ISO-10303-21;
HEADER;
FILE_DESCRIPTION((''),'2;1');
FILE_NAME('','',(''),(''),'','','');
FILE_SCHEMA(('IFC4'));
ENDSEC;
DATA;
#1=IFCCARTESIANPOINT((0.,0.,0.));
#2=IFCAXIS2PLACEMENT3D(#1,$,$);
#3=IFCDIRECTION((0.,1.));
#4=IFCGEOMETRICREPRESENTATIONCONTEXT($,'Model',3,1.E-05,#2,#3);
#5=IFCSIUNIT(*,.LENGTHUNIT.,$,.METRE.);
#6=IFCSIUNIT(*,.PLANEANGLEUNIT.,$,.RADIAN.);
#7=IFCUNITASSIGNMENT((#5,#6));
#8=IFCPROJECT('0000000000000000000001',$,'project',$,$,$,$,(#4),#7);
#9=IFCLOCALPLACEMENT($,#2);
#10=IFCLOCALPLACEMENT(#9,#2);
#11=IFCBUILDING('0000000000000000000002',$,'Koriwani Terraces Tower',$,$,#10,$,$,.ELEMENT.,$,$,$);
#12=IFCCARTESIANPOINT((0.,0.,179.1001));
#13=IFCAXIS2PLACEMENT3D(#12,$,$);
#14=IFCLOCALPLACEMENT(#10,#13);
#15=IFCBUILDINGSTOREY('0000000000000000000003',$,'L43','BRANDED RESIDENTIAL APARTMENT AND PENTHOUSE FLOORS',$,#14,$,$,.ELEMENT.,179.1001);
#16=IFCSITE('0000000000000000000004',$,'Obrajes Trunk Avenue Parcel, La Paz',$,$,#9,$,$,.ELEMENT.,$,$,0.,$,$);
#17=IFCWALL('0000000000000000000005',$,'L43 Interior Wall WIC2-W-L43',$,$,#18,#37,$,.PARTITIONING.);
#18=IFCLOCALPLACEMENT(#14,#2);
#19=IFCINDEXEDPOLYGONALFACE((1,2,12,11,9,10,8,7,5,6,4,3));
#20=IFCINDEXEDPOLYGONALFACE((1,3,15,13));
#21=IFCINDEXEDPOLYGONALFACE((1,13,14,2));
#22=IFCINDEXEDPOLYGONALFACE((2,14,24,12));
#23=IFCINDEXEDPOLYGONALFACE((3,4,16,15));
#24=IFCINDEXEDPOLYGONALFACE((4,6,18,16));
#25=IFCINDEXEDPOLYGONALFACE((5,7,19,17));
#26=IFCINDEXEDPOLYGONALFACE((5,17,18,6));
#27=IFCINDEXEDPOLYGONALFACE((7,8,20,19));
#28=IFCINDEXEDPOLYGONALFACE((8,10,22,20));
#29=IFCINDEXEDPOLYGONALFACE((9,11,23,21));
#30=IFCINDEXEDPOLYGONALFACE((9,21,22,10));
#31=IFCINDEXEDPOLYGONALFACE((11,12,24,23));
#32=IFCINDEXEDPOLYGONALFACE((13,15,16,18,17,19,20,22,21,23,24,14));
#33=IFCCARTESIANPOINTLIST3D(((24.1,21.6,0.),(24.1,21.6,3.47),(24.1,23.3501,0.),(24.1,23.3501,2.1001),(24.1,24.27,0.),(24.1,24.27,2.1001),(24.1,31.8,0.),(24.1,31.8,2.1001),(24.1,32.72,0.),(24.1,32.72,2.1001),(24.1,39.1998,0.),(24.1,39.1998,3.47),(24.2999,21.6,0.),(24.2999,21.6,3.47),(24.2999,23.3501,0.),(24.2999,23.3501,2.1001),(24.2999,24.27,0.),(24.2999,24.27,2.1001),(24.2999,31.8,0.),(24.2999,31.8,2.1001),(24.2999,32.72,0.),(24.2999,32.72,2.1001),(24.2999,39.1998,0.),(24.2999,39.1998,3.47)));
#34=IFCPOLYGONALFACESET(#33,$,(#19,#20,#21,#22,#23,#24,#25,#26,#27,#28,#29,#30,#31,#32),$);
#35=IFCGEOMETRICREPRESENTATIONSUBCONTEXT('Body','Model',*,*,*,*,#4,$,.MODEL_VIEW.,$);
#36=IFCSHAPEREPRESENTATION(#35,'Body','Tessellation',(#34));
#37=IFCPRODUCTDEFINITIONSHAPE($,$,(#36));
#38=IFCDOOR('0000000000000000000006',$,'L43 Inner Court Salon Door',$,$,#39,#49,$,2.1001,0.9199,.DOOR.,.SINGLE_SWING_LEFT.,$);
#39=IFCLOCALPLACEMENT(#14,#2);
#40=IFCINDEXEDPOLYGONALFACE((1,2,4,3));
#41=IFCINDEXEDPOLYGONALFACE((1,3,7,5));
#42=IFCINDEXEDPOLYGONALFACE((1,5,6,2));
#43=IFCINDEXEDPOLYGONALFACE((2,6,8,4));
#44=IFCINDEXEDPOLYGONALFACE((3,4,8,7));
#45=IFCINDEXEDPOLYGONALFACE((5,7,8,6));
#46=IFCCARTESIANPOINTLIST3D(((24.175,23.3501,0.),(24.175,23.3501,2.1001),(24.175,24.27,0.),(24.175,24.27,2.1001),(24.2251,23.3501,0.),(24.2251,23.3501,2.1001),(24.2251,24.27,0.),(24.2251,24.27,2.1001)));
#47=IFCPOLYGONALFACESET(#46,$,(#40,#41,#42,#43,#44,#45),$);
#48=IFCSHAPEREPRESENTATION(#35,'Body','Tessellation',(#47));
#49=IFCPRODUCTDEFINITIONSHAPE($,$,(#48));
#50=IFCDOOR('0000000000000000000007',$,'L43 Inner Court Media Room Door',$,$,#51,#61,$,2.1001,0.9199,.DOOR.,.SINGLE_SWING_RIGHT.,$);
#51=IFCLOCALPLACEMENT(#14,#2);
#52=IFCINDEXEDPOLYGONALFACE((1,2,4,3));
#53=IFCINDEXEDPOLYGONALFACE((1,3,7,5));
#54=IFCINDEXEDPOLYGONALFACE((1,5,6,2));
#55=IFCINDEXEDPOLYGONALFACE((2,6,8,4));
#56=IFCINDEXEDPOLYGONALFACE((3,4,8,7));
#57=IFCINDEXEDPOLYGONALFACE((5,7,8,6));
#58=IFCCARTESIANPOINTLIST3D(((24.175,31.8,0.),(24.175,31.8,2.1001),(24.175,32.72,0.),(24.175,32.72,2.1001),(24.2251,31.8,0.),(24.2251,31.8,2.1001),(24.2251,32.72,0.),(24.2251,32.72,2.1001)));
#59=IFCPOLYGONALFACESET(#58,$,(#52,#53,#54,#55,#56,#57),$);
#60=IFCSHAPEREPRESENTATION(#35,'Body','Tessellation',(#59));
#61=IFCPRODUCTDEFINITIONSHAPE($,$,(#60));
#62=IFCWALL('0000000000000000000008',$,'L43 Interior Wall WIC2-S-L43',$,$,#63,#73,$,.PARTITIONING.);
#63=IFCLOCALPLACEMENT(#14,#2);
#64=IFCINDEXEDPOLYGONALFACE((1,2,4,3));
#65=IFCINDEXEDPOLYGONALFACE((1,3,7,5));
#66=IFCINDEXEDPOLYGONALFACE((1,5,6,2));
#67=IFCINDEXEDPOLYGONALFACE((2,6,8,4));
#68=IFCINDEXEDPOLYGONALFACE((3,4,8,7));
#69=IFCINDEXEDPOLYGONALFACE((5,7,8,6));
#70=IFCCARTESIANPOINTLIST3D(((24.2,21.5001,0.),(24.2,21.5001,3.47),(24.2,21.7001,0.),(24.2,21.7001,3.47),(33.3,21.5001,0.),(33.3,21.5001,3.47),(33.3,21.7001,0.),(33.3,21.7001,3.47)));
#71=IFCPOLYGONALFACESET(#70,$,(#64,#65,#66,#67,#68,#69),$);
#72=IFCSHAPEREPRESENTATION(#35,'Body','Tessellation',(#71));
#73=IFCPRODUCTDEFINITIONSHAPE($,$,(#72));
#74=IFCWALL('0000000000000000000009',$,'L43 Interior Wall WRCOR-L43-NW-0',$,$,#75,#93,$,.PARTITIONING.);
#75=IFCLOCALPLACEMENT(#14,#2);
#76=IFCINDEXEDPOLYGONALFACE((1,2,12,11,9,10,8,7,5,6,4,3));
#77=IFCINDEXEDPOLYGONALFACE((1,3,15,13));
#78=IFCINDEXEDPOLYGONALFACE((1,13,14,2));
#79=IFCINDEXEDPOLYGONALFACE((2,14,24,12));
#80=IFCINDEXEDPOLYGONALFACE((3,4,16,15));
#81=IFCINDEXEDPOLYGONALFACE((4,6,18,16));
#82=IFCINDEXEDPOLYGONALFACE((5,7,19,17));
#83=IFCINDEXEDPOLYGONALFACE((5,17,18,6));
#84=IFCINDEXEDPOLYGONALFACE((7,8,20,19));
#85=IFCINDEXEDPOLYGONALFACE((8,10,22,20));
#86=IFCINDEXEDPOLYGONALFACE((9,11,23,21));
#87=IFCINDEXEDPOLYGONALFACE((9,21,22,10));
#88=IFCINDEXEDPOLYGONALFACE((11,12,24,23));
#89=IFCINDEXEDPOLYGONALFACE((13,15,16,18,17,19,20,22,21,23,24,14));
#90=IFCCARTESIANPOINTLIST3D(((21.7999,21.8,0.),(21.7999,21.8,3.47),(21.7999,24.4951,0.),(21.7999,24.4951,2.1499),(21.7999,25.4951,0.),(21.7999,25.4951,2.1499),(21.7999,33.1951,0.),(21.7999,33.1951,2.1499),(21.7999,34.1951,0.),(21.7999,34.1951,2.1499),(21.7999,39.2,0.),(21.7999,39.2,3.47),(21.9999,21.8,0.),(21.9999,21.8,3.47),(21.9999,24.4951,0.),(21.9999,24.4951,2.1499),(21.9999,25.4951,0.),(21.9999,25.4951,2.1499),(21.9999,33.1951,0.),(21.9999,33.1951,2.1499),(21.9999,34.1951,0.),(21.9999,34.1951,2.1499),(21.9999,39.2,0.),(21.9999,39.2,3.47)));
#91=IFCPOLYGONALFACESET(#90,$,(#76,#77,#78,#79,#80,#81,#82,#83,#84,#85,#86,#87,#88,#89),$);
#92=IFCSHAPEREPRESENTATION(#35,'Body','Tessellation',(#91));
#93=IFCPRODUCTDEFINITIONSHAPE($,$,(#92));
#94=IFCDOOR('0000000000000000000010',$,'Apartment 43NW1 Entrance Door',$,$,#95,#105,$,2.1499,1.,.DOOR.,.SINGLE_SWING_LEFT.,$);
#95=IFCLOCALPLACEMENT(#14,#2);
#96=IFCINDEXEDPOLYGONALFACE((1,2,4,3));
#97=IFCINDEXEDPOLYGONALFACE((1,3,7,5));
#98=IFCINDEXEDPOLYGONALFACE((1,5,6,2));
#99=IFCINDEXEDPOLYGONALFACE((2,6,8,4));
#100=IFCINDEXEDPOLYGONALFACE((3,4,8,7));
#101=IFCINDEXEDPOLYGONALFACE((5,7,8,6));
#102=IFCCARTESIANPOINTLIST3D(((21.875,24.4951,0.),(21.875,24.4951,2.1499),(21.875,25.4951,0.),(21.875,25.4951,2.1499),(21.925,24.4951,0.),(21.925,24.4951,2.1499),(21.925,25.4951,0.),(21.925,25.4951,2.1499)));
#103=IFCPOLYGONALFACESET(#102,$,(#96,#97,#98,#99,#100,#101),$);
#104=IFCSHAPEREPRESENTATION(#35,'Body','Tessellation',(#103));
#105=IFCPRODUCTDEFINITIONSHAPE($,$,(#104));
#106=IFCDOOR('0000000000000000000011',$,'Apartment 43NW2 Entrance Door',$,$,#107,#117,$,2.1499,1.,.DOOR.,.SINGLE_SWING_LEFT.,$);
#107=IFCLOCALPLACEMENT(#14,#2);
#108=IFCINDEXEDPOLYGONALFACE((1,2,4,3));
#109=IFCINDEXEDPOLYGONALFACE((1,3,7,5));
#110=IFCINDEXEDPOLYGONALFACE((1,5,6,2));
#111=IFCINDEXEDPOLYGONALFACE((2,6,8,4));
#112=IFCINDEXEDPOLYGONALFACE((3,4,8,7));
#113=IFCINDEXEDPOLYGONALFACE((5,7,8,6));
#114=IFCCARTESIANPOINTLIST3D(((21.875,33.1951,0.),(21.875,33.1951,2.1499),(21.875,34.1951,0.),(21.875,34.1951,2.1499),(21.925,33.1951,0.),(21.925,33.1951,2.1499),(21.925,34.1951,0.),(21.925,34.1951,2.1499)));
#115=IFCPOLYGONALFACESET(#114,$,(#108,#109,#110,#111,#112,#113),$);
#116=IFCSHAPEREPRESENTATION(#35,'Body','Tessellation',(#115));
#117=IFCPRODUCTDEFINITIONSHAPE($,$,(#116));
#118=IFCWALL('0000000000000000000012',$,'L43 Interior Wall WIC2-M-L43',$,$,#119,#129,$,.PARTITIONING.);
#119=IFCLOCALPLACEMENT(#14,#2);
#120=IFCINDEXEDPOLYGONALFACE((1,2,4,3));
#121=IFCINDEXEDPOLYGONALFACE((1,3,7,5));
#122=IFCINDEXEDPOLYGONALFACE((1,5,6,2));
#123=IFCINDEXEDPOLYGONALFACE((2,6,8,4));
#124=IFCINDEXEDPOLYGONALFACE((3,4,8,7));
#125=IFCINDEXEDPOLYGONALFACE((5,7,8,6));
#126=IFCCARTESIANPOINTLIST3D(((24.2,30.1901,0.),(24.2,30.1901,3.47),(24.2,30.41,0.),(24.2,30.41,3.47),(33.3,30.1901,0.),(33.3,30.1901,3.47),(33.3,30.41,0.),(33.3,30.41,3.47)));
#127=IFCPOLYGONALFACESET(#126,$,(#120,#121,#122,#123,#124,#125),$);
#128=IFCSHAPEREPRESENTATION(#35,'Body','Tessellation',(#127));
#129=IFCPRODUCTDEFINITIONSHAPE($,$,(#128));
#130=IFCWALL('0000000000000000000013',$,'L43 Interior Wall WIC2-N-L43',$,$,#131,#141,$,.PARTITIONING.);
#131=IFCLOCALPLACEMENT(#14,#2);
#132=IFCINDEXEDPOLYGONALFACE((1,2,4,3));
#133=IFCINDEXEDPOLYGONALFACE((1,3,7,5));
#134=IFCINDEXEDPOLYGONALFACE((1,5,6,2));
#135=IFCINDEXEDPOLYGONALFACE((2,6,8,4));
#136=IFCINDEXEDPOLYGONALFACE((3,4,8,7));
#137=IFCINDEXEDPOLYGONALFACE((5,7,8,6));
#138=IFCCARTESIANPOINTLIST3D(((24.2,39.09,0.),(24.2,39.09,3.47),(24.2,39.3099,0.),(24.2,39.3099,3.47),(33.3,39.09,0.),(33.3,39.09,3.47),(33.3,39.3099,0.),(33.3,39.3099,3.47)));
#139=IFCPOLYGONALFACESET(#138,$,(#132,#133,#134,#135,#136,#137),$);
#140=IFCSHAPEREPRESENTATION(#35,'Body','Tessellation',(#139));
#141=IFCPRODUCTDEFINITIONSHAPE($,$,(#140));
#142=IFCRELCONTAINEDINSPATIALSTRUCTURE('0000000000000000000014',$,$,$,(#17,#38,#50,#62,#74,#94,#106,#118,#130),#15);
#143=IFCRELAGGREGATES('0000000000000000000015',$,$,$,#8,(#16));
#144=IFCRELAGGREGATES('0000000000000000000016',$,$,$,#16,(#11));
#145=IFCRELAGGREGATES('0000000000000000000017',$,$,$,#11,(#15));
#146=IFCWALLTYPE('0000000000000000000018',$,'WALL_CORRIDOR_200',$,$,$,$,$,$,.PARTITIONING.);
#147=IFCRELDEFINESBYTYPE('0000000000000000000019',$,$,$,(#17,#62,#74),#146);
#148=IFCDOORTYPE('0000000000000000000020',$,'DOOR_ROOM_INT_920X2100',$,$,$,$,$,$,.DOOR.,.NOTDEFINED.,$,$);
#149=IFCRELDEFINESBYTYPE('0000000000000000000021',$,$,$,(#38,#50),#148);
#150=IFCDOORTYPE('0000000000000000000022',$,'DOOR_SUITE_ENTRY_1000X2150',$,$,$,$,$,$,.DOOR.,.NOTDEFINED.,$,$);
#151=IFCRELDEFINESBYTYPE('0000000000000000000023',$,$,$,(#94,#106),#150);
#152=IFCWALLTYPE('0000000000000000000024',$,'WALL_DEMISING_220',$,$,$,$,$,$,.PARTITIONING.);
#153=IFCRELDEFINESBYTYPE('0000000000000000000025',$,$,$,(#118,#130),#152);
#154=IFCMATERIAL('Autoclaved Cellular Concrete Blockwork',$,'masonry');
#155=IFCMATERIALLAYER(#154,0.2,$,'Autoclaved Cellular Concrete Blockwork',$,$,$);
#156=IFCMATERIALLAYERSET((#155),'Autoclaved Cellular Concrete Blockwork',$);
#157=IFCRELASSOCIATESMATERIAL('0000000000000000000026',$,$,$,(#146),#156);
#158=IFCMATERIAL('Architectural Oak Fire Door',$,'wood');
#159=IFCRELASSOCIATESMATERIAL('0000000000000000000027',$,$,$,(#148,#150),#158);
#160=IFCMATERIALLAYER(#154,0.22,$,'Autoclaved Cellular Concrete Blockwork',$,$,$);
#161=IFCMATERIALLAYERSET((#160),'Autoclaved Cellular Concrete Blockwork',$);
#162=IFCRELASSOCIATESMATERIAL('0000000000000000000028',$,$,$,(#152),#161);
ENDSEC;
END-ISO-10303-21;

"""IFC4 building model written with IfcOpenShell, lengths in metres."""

from ifc_helpers import new_model, si_unit, direction, frame, frame_2d, origin, place, context, subcontext, project, spatial, rectangle, extrude, material, layer, layer_set, type_object, element, fill, save


model = new_model("IFC4")

# Units and contexts
model_context = context("Model", 3, precision=1e-05, world=origin(), true_north=direction((0.0, 1.0)))
body_context = subcontext(model_context, "Body", "Model", "MODEL_VIEW")
ifc_project = project(units=[si_unit("LENGTHUNIT", "METRE"), si_unit("PLANEANGLEUNIT", "RADIAN")], contexts=[model_context])

# Site, building, storey
site_placement = place(None, origin())
site = spatial("IfcSite", under=ifc_project, at=site_placement, Name="Obrajes Trunk Avenue Parcel, La Paz", CompositionType="ELEMENT", RefElevation=0.0)
building_placement = place(site_placement, origin())
building = spatial("IfcBuilding", under=site, at=building_placement, Name="Koriwani Terraces Tower", CompositionType="ELEMENT")
storey_placement = place(building_placement, frame((0.0, 0.0, 179.1001)))
storey = spatial("IfcBuildingStorey", under=building, at=storey_placement, Name="L43", Description="BRANDED RESIDENTIAL APARTMENT AND PENTHOUSE FLOORS", CompositionType="ELEMENT", Elevation=179.1001)

# Wall, openings, doors
ifc_material_1 = material(Name="Autoclaved Cellular Concrete Blockwork", Category="masonry")
ifc_layer_1 = layer(ifc_material_1, 0.2, Name="Autoclaved Cellular Concrete Blockwork")
ifc_layer_set_1 = layer_set([ifc_layer_1], Name="Autoclaved Cellular Concrete Blockwork")
wall_type_1 = type_object("IfcWallType", Name="WALL_CORRIDOR_200", PredefinedType="PARTITIONING", material=ifc_layer_set_1)
wall_1_placement = place(storey_placement, frame((24.2, 21.6001, 0.0), z_axis=(0.0, 0.0, 1.0), x_axis=(0.0, 1.0, 0.0)))
wall_1 = element("IfcWall", 1, at=wall_1_placement, inside=storey, type_object=wall_type_1, Name="L43 Interior Wall WIC2-W-L43", PredefinedType="PARTITIONING", context=body_context, shape_type="SweptSolid", body=[
    extrude(rectangle(XDim=17.5999, YDim=0.2, at=frame_2d((8.7998, 0.0))), origin(), (0.0, 0.0, 1.0), 3.47),
])
opening_1_placement = place(wall_1_placement, frame((1.75, 0.0, 0.0)))
opening_1 = element("IfcOpeningElement", 2, at=opening_1_placement, cuts=wall_1, PredefinedType="OPENING", context=body_context, shape_type="SweptSolid", body=[
    extrude(rectangle(XDim=0.9199, YDim=2.1001, at=frame_2d((0.46, 1.05))), frame((0.0, 0.1099, 0.0), z_axis=(0.0, -1.0, 0.0), x_axis=(1.0, 0.0, 0.0)), (0.0, 0.0, 1.0), 0.22),
])
opening_2_placement = place(wall_1_placement, frame((10.2, 0.0, 0.0)))
opening_2 = element("IfcOpeningElement", 3, at=opening_2_placement, cuts=wall_1, PredefinedType="OPENING", context=body_context, shape_type="SweptSolid", body=[
    extrude(rectangle(XDim=0.9199, YDim=2.1001, at=frame_2d((0.46, 1.05))), frame((0.0, 0.1099, 0.0), z_axis=(0.0, -1.0, 0.0), x_axis=(1.0, 0.0, 0.0)), (0.0, 0.0, 1.0), 0.22),
])
ifc_material_2 = material(Name="Architectural Oak Fire Door", Category="wood")
door_type_1 = type_object("IfcDoorType", Name="DOOR_ROOM_INT_920X2100", OperationType="NOTDEFINED", PredefinedType="DOOR", material=ifc_material_2)
door_1_placement = place(opening_1_placement, origin())
door_1 = element("IfcDoor", 4, at=door_1_placement, inside=storey, type_object=door_type_1, Name="L43 Inner Court Salon Door", OperationType="SINGLE_SWING_LEFT", OverallHeight=2.1001, OverallWidth=0.9199, PredefinedType="DOOR", context=body_context, shape_type="SweptSolid", body=[
    extrude(rectangle(XDim=0.9199, YDim=2.1001, at=frame_2d((0.46, 1.05))), frame((0.0, 0.0249, 0.0), z_axis=(0.0, -1.0, 0.0), x_axis=(1.0, 0.0, 0.0)), (0.0, 0.0, 1.0), 0.05),
])
fill(opening_1, door_1)
door_2_placement = place(opening_2_placement, origin())
door_2 = element("IfcDoor", 5, at=door_2_placement, inside=storey, type_object=door_type_1, Name="L43 Inner Court Media Room Door", OperationType="SINGLE_SWING_RIGHT", OverallHeight=2.1001, OverallWidth=0.9199, PredefinedType="DOOR", context=body_context, shape_type="SweptSolid", body=[
    extrude(rectangle(XDim=0.9199, YDim=2.1001, at=frame_2d((0.46, 1.05))), frame((0.0, 0.0249, 0.0), z_axis=(0.0, -1.0, 0.0), x_axis=(1.0, 0.0, 0.0)), (0.0, 0.0, 1.0), 0.05),
])
fill(opening_2, door_2)

# Wall
wall_2_placement = place(storey_placement, frame((24.2, 21.6001, 0.0), z_axis=(0.0, 0.0, 1.0), x_axis=(1.0, 0.0, 0.0)))
element("IfcWall", 6, at=wall_2_placement, inside=storey, type_object=wall_type_1, Name="L43 Interior Wall WIC2-S-L43", PredefinedType="PARTITIONING", context=body_context, shape_type="SweptSolid", body=[
    extrude(rectangle(XDim=9.1001, YDim=0.2, at=frame_2d((4.55, 0.0))), origin(), (0.0, 0.0, 1.0), 3.47),
])

# Wall, openings, doors
wall_3_placement = place(storey_placement, frame((21.8999, 21.8, 0.0), z_axis=(0.0, 0.0, 1.0), x_axis=(0.0, 1.0, 0.0)))
wall_3 = element("IfcWall", 7, at=wall_3_placement, inside=storey, type_object=wall_type_1, Name="L43 Interior Wall WRCOR-L43-NW-0", PredefinedType="PARTITIONING", context=body_context, shape_type="SweptSolid", body=[
    extrude(rectangle(XDim=17.3999, YDim=0.2, at=frame_2d((8.7, 0.0))), origin(), (0.0, 0.0, 1.0), 3.47),
])
opening_3_placement = place(wall_3_placement, frame((2.6951, 0.0, 0.0)))
opening_3 = element("IfcOpeningElement", 8, at=opening_3_placement, cuts=wall_3, PredefinedType="OPENING", context=body_context, shape_type="SweptSolid", body=[
    extrude(rectangle(XDim=1.0, YDim=2.1499, at=frame_2d((0.5, 1.075))), frame((0.0, 0.1099, 0.0), z_axis=(0.0, -1.0, 0.0), x_axis=(1.0, 0.0, 0.0)), (0.0, 0.0, 1.0), 0.22),
])
opening_4_placement = place(wall_3_placement, frame((11.395, 0.0, 0.0)))
opening_4 = element("IfcOpeningElement", 9, at=opening_4_placement, cuts=wall_3, PredefinedType="OPENING", context=body_context, shape_type="SweptSolid", body=[
    extrude(rectangle(XDim=1.0, YDim=2.1499, at=frame_2d((0.5, 1.075))), frame((0.0, 0.1099, 0.0), z_axis=(0.0, -1.0, 0.0), x_axis=(1.0, 0.0, 0.0)), (0.0, 0.0, 1.0), 0.22),
])
door_type_2 = type_object("IfcDoorType", Name="DOOR_SUITE_ENTRY_1000X2150", OperationType="NOTDEFINED", PredefinedType="DOOR", material=ifc_material_2)
door_3_placement = place(opening_3_placement, origin())
door_3 = element("IfcDoor", 10, at=door_3_placement, inside=storey, type_object=door_type_2, Name="Apartment 43NW1 Entrance Door", OperationType="SINGLE_SWING_LEFT", OverallHeight=2.1499, OverallWidth=1.0, PredefinedType="DOOR", context=body_context, shape_type="SweptSolid", body=[
    extrude(rectangle(XDim=1.0, YDim=2.1499, at=frame_2d((0.5, 1.075))), frame((0.0, 0.0249, 0.0), z_axis=(0.0, -1.0, 0.0), x_axis=(1.0, 0.0, 0.0)), (0.0, 0.0, 1.0), 0.05),
])
fill(opening_3, door_3)
door_4_placement = place(opening_4_placement, origin())
door_4 = element("IfcDoor", 11, at=door_4_placement, inside=storey, type_object=door_type_2, Name="Apartment 43NW2 Entrance Door", OperationType="SINGLE_SWING_LEFT", OverallHeight=2.1499, OverallWidth=1.0, PredefinedType="DOOR", context=body_context, shape_type="SweptSolid", body=[
    extrude(rectangle(XDim=1.0, YDim=2.1499, at=frame_2d((0.5, 1.075))), frame((0.0, 0.0249, 0.0), z_axis=(0.0, -1.0, 0.0), x_axis=(1.0, 0.0, 0.0)), (0.0, 0.0, 1.0), 0.05),
])
fill(opening_4, door_4)

# Walls
ifc_layer_2 = layer(ifc_material_1, 0.22, Name="Autoclaved Cellular Concrete Blockwork")
ifc_layer_set_2 = layer_set([ifc_layer_2], Name="Autoclaved Cellular Concrete Blockwork")
wall_type_2 = type_object("IfcWallType", Name="WALL_DEMISING_220", PredefinedType="PARTITIONING", material=ifc_layer_set_2)
for number, where, z_axis, x_axis, name in (
    (12, (24.2, 30.3, 0.0), (0.0, 0.0, 1.0), (1.0, 0.0, 0.0), "L43 Interior Wall WIC2-M-L43"),
    (13, (24.2, 39.2, 0.0), (0.0, 0.0, 1.0), (1.0, 0.0, 0.0), "L43 Interior Wall WIC2-N-L43"),
):
    element("IfcWall", number, at=place(storey_placement, frame(where, z_axis=z_axis, x_axis=x_axis)), inside=storey, type_object=wall_type_2, Name=name, PredefinedType="PARTITIONING", context=body_context, shape_type="SweptSolid", body=[
        extrude(rectangle(XDim=9.1001, YDim=0.22, at=frame_2d((4.55, 0.0))), origin(), (0.0, 0.0, 1.0), 3.47),
    ])

save(model, "model.ifc")
